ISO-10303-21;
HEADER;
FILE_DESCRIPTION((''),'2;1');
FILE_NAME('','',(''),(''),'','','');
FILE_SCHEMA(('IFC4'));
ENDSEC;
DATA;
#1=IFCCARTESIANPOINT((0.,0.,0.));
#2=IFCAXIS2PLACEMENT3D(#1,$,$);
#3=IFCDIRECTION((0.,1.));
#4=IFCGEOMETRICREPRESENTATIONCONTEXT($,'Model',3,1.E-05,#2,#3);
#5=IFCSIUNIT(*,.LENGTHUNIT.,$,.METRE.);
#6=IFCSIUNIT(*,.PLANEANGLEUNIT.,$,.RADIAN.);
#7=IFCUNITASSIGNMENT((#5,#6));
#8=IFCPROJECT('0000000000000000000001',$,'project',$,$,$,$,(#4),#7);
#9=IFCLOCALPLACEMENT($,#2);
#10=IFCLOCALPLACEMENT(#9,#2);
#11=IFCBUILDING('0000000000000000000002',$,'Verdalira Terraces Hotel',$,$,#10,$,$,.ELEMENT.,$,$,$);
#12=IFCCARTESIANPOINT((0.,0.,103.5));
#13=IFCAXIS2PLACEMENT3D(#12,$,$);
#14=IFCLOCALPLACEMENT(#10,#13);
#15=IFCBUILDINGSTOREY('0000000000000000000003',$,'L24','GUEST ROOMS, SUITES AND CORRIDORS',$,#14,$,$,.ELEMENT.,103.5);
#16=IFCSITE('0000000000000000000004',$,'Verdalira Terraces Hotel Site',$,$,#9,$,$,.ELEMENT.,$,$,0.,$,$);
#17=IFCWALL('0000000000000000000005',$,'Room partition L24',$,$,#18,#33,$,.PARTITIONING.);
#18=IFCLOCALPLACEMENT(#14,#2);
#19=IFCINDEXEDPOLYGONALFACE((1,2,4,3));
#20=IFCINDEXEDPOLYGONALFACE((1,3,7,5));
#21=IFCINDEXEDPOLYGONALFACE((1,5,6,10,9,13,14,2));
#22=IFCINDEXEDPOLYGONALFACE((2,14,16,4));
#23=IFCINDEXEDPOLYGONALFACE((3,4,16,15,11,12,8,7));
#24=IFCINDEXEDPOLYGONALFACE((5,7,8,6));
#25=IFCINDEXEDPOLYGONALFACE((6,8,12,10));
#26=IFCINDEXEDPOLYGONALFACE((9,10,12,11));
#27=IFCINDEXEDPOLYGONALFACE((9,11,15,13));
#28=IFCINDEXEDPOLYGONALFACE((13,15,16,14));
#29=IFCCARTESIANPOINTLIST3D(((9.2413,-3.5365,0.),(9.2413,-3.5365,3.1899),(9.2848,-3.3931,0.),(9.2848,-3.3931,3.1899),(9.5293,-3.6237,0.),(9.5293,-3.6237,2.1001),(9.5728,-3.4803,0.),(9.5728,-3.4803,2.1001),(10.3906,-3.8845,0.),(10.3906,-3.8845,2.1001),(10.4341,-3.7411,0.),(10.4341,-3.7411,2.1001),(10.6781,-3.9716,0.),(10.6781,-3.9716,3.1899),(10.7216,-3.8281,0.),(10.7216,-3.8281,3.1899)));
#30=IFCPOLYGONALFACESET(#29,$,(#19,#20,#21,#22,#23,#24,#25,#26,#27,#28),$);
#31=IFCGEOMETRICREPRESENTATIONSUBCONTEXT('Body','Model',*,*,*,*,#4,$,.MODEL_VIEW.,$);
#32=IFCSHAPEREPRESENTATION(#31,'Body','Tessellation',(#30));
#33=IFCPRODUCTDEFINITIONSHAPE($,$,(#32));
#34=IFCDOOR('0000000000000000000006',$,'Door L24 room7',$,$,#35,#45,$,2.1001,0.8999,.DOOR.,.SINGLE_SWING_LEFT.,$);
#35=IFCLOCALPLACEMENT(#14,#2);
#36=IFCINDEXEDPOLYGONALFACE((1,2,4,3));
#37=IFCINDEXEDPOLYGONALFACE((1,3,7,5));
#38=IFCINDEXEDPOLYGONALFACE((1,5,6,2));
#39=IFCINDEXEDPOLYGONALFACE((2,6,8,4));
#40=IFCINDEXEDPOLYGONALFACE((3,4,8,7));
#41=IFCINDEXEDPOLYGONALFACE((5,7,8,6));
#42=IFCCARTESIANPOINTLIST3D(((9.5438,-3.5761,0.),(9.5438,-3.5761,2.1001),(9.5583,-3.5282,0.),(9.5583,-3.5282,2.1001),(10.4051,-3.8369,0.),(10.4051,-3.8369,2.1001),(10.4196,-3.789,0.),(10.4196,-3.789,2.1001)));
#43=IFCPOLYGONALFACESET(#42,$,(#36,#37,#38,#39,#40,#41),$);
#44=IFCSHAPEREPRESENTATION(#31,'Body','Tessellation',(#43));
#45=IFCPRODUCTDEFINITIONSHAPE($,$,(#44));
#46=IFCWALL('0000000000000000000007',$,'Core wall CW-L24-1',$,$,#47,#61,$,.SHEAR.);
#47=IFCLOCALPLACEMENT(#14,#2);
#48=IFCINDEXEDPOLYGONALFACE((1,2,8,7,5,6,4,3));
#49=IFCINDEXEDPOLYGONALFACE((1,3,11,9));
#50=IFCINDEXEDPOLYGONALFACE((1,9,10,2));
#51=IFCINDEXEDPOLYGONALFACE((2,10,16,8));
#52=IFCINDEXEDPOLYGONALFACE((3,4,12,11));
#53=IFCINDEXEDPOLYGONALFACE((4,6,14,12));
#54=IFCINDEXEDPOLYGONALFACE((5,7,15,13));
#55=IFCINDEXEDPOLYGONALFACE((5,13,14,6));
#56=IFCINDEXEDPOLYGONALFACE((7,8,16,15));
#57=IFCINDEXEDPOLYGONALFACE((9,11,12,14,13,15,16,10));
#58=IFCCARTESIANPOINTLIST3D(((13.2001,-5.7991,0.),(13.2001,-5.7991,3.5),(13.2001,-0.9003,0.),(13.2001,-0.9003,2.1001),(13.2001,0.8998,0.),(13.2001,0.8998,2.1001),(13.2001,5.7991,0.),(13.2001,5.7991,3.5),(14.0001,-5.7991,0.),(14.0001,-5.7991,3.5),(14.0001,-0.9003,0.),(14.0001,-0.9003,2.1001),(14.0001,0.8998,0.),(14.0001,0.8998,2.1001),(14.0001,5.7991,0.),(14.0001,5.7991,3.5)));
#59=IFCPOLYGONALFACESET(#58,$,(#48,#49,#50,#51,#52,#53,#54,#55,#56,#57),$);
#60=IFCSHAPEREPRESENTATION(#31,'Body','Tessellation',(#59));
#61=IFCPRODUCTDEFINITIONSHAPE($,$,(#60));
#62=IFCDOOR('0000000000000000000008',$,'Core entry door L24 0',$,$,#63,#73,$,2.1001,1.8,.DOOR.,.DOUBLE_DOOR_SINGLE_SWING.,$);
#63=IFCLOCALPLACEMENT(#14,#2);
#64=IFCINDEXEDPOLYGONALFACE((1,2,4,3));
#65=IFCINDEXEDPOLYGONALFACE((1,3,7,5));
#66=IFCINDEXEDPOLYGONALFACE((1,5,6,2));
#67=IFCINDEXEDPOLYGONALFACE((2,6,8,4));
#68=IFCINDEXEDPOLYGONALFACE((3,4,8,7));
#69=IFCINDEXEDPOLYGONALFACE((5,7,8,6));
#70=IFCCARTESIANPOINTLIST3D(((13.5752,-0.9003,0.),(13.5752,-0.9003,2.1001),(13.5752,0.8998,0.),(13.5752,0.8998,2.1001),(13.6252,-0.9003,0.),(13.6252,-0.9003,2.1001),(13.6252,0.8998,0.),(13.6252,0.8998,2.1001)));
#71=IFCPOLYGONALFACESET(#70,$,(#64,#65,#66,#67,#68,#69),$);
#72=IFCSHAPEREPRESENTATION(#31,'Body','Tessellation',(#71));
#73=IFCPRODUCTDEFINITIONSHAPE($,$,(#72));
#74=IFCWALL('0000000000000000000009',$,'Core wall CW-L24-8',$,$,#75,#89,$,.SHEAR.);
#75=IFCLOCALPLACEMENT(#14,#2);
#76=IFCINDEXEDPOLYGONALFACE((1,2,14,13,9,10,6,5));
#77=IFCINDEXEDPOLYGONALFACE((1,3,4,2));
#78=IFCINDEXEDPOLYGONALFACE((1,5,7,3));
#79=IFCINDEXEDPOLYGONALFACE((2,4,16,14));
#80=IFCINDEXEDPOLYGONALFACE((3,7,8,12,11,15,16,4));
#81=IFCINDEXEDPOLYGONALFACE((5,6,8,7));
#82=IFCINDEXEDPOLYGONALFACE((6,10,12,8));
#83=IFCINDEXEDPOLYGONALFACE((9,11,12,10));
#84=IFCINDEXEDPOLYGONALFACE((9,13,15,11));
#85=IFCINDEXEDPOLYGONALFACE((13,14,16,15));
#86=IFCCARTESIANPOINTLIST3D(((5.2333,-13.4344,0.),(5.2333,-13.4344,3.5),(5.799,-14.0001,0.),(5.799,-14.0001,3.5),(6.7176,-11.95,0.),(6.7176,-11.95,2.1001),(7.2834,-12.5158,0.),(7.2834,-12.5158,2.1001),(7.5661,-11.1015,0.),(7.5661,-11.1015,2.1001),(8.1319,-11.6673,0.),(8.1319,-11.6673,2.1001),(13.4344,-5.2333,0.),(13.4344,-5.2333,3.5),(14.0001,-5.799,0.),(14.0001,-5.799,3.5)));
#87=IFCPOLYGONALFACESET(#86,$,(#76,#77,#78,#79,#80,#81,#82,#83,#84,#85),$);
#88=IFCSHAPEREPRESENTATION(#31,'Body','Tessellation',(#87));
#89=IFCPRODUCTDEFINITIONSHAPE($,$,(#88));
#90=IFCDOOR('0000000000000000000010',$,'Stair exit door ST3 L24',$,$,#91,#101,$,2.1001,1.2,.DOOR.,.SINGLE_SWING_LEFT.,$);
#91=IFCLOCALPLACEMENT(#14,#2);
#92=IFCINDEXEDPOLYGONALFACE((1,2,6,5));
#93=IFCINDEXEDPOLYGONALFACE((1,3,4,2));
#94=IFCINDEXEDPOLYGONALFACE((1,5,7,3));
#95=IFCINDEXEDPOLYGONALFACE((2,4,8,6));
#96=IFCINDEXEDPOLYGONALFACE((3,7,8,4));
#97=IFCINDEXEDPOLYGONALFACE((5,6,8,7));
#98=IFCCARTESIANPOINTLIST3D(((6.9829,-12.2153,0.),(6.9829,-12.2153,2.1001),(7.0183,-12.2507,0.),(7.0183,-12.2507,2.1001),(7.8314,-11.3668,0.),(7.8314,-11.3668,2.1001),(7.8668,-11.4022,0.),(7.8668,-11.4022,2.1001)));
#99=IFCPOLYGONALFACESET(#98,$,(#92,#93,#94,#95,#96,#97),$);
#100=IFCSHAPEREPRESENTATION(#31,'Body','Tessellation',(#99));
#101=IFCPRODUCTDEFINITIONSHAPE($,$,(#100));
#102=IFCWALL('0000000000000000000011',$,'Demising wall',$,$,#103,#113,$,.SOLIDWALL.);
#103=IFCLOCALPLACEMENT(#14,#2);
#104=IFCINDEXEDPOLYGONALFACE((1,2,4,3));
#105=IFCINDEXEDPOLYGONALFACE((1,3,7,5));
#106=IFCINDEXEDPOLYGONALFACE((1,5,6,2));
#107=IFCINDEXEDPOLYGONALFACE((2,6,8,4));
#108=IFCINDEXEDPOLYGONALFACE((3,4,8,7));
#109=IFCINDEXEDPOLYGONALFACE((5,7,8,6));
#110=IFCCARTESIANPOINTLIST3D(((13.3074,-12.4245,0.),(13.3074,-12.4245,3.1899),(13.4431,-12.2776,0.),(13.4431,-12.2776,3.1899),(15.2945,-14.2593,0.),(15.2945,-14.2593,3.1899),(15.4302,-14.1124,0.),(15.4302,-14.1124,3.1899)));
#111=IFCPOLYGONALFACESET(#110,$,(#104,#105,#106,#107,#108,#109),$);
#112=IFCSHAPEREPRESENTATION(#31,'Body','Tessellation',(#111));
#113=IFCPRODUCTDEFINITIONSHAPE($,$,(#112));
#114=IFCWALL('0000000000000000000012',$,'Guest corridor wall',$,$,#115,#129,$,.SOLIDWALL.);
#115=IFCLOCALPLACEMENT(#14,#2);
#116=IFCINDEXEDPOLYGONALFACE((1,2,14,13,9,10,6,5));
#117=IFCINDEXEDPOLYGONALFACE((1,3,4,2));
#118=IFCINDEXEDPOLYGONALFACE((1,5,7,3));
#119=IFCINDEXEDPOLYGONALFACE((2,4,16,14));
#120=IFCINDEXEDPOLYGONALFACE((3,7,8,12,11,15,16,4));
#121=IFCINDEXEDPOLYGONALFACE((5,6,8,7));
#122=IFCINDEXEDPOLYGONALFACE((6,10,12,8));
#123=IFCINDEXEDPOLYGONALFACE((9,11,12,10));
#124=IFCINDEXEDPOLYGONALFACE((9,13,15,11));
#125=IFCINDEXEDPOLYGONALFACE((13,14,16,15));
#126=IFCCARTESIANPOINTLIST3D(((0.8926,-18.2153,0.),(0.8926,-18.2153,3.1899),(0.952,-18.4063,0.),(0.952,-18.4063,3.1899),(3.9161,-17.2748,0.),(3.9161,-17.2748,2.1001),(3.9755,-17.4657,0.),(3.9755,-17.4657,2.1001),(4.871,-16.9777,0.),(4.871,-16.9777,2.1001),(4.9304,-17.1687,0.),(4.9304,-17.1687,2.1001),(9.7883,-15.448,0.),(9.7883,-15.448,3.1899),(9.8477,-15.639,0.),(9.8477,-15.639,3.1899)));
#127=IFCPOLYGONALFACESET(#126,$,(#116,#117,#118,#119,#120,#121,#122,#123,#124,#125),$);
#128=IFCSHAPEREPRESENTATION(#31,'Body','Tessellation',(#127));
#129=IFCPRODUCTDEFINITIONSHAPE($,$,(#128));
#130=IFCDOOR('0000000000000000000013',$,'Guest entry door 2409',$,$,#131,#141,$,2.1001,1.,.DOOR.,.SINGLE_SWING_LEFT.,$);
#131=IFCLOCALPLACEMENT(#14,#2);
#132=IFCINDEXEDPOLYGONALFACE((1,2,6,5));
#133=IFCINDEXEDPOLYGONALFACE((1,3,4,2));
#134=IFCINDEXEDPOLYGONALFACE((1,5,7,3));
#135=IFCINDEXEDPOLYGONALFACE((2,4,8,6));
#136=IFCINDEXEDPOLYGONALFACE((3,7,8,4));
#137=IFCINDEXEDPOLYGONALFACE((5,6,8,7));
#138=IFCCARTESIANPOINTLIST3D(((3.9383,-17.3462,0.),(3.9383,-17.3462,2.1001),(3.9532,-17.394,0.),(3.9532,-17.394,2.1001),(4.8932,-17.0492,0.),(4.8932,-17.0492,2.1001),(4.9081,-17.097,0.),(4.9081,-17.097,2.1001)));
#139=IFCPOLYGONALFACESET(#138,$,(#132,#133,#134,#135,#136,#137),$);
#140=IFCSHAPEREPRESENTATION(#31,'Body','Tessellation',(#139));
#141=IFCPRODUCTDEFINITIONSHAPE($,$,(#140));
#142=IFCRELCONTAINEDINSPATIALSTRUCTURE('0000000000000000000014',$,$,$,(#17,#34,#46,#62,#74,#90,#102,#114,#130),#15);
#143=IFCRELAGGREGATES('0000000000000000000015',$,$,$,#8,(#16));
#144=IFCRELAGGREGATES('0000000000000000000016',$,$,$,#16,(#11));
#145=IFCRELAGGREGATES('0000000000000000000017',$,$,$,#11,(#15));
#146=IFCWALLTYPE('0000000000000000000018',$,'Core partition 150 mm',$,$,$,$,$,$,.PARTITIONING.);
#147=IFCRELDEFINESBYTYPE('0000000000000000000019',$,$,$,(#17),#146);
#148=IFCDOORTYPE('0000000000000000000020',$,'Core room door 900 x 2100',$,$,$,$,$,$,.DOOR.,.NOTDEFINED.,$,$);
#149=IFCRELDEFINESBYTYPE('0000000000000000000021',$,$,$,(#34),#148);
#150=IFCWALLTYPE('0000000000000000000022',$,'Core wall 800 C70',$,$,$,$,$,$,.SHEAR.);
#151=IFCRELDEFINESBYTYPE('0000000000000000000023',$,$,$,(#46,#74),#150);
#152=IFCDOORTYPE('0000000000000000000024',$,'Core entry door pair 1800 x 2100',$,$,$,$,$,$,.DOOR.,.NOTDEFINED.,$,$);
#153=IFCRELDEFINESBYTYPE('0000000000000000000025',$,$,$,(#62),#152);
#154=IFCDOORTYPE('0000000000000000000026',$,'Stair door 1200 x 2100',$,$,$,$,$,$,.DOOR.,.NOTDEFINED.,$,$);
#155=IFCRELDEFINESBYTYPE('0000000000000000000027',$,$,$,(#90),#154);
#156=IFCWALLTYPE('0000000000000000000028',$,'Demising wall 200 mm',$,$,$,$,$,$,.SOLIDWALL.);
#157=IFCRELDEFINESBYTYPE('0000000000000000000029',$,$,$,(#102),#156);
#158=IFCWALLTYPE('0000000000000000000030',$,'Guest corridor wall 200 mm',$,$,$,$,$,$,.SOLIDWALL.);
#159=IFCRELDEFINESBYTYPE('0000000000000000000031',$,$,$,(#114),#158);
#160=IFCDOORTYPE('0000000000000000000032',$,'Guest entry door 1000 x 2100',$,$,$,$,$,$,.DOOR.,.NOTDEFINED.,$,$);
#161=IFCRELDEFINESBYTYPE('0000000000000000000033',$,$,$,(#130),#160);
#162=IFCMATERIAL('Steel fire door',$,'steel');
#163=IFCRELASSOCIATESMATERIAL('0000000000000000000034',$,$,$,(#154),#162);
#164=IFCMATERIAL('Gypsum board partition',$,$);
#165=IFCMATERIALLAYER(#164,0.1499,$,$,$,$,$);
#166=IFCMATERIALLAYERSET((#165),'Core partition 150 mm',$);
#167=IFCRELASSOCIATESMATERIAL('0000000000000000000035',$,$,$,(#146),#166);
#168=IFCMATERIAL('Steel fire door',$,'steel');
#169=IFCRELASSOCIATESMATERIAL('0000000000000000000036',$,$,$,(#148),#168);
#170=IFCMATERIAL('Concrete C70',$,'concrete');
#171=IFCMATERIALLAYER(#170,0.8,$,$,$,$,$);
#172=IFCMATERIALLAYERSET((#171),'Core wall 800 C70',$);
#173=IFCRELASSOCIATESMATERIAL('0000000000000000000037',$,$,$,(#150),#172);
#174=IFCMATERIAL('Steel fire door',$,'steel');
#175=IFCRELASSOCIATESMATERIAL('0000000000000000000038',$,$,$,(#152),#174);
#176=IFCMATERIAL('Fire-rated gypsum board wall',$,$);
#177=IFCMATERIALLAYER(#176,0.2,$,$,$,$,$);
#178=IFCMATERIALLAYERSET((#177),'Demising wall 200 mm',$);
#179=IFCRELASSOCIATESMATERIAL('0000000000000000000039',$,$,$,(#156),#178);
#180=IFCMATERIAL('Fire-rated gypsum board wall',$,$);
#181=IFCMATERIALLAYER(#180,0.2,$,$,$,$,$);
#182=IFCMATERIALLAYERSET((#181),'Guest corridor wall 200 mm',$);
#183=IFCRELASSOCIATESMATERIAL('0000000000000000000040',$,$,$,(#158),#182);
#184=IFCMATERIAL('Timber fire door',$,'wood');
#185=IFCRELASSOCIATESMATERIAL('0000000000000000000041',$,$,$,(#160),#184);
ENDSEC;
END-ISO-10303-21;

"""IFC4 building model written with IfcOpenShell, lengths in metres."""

from ifc_helpers import new_model, si_unit, direction, frame, frame_2d, origin, place, context, subcontext, project, spatial, rectangle, extrude, material, layer, layer_set, type_object, element, fill, save


model = new_model("IFC4")

# Units and contexts
model_context = context("Model", 3, precision=1e-05, world=origin(), true_north=direction((0.0, 1.0)))
body_context = subcontext(model_context, "Body", "Model", "MODEL_VIEW")
ifc_project = project(units=[si_unit("LENGTHUNIT", "METRE"), si_unit("PLANEANGLEUNIT", "RADIAN")], contexts=[model_context])

# Site, building, storey
site_placement = place(None, origin())
site = spatial("IfcSite", under=ifc_project, at=site_placement, Name="Verdalira Terraces Hotel Site", CompositionType="ELEMENT", RefElevation=0.0)
building_placement = place(site_placement, origin())
building = spatial("IfcBuilding", under=site, at=building_placement, Name="Verdalira Terraces Hotel", CompositionType="ELEMENT")
storey_placement = place(building_placement, frame((0.0, 0.0, 103.5)))
storey = spatial("IfcBuildingStorey", under=building, at=storey_placement, Name="L24", Description="GUEST ROOMS, SUITES AND CORRIDORS", CompositionType="ELEMENT", Elevation=103.5)

# Shared definitions
ifc_material_1 = material(Name="Steel fire door", Category="steel")
door_type_1 = type_object("IfcDoorType", Name="Stair door 1200 x 2100", OperationType="NOTDEFINED", PredefinedType="DOOR", material=ifc_material_1)

# Walls, openings, doors
ifc_material_2 = material(Name="Gypsum board partition")
ifc_layer_1 = layer(ifc_material_2, 0.1499)
ifc_layer_set_1 = layer_set([ifc_layer_1], Name="Core partition 150 mm")
wall_type_1 = type_object("IfcWallType", Name="Core partition 150 mm", PredefinedType="PARTITIONING", material=ifc_layer_set_1)
wall_1_placement = place(storey_placement, frame((9.2632, -3.4648, 0.0), z_axis=(0.0, 0.0, 1.0), x_axis=(0.957085, -0.289809, 0.0)))
wall_1 = element("IfcWall", 1, at=wall_1_placement, inside=storey, type_object=wall_type_1, Name="Room partition L24", PredefinedType="PARTITIONING", context=body_context, shape_type="SweptSolid", body=[
    extrude(rectangle(XDim=1.5012, YDim=0.1499, at=frame_2d((0.7505, 0.0))), origin(), (0.0, 0.0, 1.0), 3.1899),
])
opening_1_placement = place(wall_1_placement, frame((0.3008, 0.0, 0.0)))
opening_1 = element("IfcOpeningElement", 2, at=opening_1_placement, cuts=wall_1, PredefinedType="OPENING", context=body_context, shape_type="SweptSolid", body=[
    extrude(rectangle(XDim=0.8999, YDim=2.1001, at=frame_2d((0.45, 1.05))), frame((0.0, 0.085, 0.0), z_axis=(0.0, -1.0, 0.0), x_axis=(1.0, 0.0, 0.0)), (0.0, 0.0, 1.0), 0.1699),
])
ifc_material_3 = material(Name="Steel fire door", Category="steel")
door_type_2 = type_object("IfcDoorType", Name="Core room door 900 x 2100", OperationType="NOTDEFINED", PredefinedType="DOOR", material=ifc_material_3)
door_1_placement = place(opening_1_placement, origin())
door_1 = element("IfcDoor", 3, at=door_1_placement, inside=storey, type_object=door_type_2, Name="Door L24 room7", OperationType="SINGLE_SWING_LEFT", OverallHeight=2.1001, OverallWidth=0.8999, PredefinedType="DOOR", context=body_context, shape_type="SweptSolid", body=[
    extrude(rectangle(XDim=0.8999, YDim=2.1001, at=frame_2d((0.45, 1.05))), frame((0.0, 0.0249, 0.0), z_axis=(0.0, -1.0, 0.0), x_axis=(1.0, 0.0, 0.0)), (0.0, 0.0, 1.0), 0.05),
])
fill(opening_1, door_1)
ifc_material_4 = material(Name="Concrete C70", Category="concrete")
ifc_layer_2 = layer(ifc_material_4, 0.8)
ifc_layer_set_2 = layer_set([ifc_layer_2], Name="Core wall 800 C70")
wall_type_2 = type_object("IfcWallType", Name="Core wall 800 C70", PredefinedType="SHEAR", material=ifc_layer_set_2)
wall_2_placement = place(storey_placement, frame((13.6001, -5.7991, 0.0), z_axis=(0.0, 0.0, 1.0), x_axis=(0.0, 1.0, 0.0)))
wall_2 = element("IfcWall", 4, at=wall_2_placement, inside=storey, type_object=wall_type_2, Name="Core wall CW-L24-1", PredefinedType="SHEAR", context=body_context, shape_type="SweptSolid", body=[
    extrude(rectangle(XDim=11.5981, YDim=0.8, at=frame_2d((5.7991, 0.0))), origin(), (0.0, 0.0, 1.0), 3.5),
])
opening_2_placement = place(wall_2_placement, frame((4.8989, 0.0, 0.0)))
opening_2 = element("IfcOpeningElement", 5, at=opening_2_placement, cuts=wall_2, PredefinedType="OPENING", context=body_context, shape_type="SweptSolid", body=[
    extrude(rectangle(XDim=1.8, YDim=2.1001, at=frame_2d((0.8999, 1.05))), frame((0.0, 0.4099, 0.0), z_axis=(0.0, -1.0, 0.0), x_axis=(1.0, 0.0, 0.0)), (0.0, 0.0, 1.0), 0.8201),
])
ifc_material_5 = material(Name="Steel fire door", Category="steel")
door_type_3 = type_object("IfcDoorType", Name="Core entry door pair 1800 x 2100", OperationType="NOTDEFINED", PredefinedType="DOOR", material=ifc_material_5)
door_2_placement = place(opening_2_placement, origin())
door_2 = element("IfcDoor", 6, at=door_2_placement, inside=storey, type_object=door_type_3, Name="Core entry door L24 0", OperationType="DOUBLE_DOOR_SINGLE_SWING", OverallHeight=2.1001, OverallWidth=1.8, PredefinedType="DOOR", context=body_context, shape_type="SweptSolid", body=[
    extrude(rectangle(XDim=1.8, YDim=2.1001, at=frame_2d((0.8999, 1.05))), frame((0.0, 0.0249, 0.0), z_axis=(0.0, -1.0, 0.0), x_axis=(1.0, 0.0, 0.0)), (0.0, 0.0, 1.0), 0.05),
])
fill(opening_2, door_2)
wall_3_placement = place(storey_placement, frame((5.5161, -13.7173, 0.0), z_axis=(0.0, 0.0, 1.0), x_axis=(0.707107, 0.707107, 0.0)))
wall_3 = element("IfcWall", 7, at=wall_3_placement, inside=storey, type_object=wall_type_2, Name="Core wall CW-L24-8", PredefinedType="SHEAR", context=body_context, shape_type="SweptSolid", body=[
    extrude(rectangle(XDim=11.5981, YDim=0.8, at=frame_2d((5.7991, 0.0))), origin(), (0.0, 0.0, 1.0), 3.5),
])
opening_3_placement = place(wall_3_placement, frame((2.0991, 0.0, 0.0)))
opening_3 = element("IfcOpeningElement", 8, at=opening_3_placement, cuts=wall_3, PredefinedType="OPENING", context=body_context, shape_type="SweptSolid", body=[
    extrude(rectangle(XDim=1.2, YDim=2.1001, at=frame_2d((0.6001, 1.05))), frame((0.0, 0.4099, 0.0), z_axis=(0.0, -1.0, 0.0), x_axis=(1.0, 0.0, 0.0)), (0.0, 0.0, 1.0), 0.8201),
])
door_3_placement = place(opening_3_placement, origin())
door_3 = element("IfcDoor", 9, at=door_3_placement, inside=storey, type_object=door_type_1, Name="Stair exit door ST3 L24", OperationType="SINGLE_SWING_LEFT", OverallHeight=2.1001, OverallWidth=1.2, PredefinedType="DOOR", context=body_context, shape_type="SweptSolid", body=[
    extrude(rectangle(XDim=1.2, YDim=2.1001, at=frame_2d((0.6001, 1.05))), frame((0.0, 0.0249, 0.0), z_axis=(0.0, -1.0, 0.0), x_axis=(1.0, 0.0, 0.0)), (0.0, 0.0, 1.0), 0.05),
])
fill(opening_3, door_3)

# Wall
ifc_material_6 = material(Name="Fire-rated gypsum board wall")
ifc_layer_3 = layer(ifc_material_6, 0.2)
ifc_layer_set_3 = layer_set([ifc_layer_3], Name="Demising wall 200 mm")
wall_type_3 = type_object("IfcWallType", Name="Demising wall 200 mm", PredefinedType="SOLIDWALL", material=ifc_layer_set_3)
wall_4_placement = place(storey_placement, frame((13.3752, -12.3511, 0.0), z_axis=(0.0, 0.0, 1.0), x_axis=(0.73471, -0.678381, 0.0)))
element("IfcWall", 10, at=wall_4_placement, inside=storey, type_object=wall_type_3, Name="Demising wall", PredefinedType="SOLIDWALL", context=body_context, shape_type="SweptSolid", body=[
    extrude(rectangle(XDim=2.7046, YDim=0.2, at=frame_2d((1.3523, 0.0))), origin(), (0.0, 0.0, 1.0), 3.1899),
])

# Wall, opening, door
ifc_material_7 = material(Name="Fire-rated gypsum board wall")
ifc_layer_4 = layer(ifc_material_7, 0.2)
ifc_layer_set_4 = layer_set([ifc_layer_4], Name="Guest corridor wall 200 mm")
wall_type_4 = type_object("IfcWallType", Name="Guest corridor wall 200 mm", PredefinedType="SOLIDWALL", material=ifc_layer_set_4)
wall_5_placement = place(storey_placement, frame((9.8181, -15.5435, 0.0), z_axis=(0.0, 0.0, 1.0), x_axis=(-0.954864, -0.297044, 0.0)))
wall_5 = element("IfcWall", 11, at=wall_5_placement, inside=storey, type_object=wall_type_4, Name="Guest corridor wall", PredefinedType="SOLIDWALL", context=body_context, shape_type="SweptSolid", body=[
    extrude(rectangle(XDim=9.3162, YDim=0.2, at=frame_2d((4.6582, 0.0))), origin(), (0.0, 0.0, 1.0), 3.1899),
])
opening_4_placement = place(wall_5_placement, frame((5.1499, 0.0, 0.0)))
opening_4 = element("IfcOpeningElement", 12, at=opening_4_placement, cuts=wall_5, PredefinedType="OPENING", context=body_context, shape_type="SweptSolid", body=[
    extrude(rectangle(XDim=1.0, YDim=2.1001, at=frame_2d((0.5, 1.05))), frame((0.0, 0.1099, 0.0), z_axis=(0.0, -1.0, 0.0), x_axis=(1.0, 0.0, 0.0)), (0.0, 0.0, 1.0), 0.22),
])
ifc_material_8 = material(Name="Timber fire door", Category="wood")
door_type_4 = type_object("IfcDoorType", Name="Guest entry door 1000 x 2100", OperationType="NOTDEFINED", PredefinedType="DOOR", material=ifc_material_8)
door_4_placement = place(opening_4_placement, origin())
door_4 = element("IfcDoor", 13, at=door_4_placement, inside=storey, type_object=door_type_4, Name="Guest entry door 2409", OperationType="SINGLE_SWING_LEFT", OverallHeight=2.1001, OverallWidth=1.0, PredefinedType="DOOR", context=body_context, shape_type="SweptSolid", body=[
    extrude(rectangle(XDim=1.0, YDim=2.1001, at=frame_2d((0.5, 1.05))), frame((0.0, 0.0249, 0.0), z_axis=(0.0, -1.0, 0.0), x_axis=(1.0, 0.0, 0.0)), (0.0, 0.0, 1.0), 0.05),
])
fill(opening_4, door_4)

save(model, "model.ifc")
